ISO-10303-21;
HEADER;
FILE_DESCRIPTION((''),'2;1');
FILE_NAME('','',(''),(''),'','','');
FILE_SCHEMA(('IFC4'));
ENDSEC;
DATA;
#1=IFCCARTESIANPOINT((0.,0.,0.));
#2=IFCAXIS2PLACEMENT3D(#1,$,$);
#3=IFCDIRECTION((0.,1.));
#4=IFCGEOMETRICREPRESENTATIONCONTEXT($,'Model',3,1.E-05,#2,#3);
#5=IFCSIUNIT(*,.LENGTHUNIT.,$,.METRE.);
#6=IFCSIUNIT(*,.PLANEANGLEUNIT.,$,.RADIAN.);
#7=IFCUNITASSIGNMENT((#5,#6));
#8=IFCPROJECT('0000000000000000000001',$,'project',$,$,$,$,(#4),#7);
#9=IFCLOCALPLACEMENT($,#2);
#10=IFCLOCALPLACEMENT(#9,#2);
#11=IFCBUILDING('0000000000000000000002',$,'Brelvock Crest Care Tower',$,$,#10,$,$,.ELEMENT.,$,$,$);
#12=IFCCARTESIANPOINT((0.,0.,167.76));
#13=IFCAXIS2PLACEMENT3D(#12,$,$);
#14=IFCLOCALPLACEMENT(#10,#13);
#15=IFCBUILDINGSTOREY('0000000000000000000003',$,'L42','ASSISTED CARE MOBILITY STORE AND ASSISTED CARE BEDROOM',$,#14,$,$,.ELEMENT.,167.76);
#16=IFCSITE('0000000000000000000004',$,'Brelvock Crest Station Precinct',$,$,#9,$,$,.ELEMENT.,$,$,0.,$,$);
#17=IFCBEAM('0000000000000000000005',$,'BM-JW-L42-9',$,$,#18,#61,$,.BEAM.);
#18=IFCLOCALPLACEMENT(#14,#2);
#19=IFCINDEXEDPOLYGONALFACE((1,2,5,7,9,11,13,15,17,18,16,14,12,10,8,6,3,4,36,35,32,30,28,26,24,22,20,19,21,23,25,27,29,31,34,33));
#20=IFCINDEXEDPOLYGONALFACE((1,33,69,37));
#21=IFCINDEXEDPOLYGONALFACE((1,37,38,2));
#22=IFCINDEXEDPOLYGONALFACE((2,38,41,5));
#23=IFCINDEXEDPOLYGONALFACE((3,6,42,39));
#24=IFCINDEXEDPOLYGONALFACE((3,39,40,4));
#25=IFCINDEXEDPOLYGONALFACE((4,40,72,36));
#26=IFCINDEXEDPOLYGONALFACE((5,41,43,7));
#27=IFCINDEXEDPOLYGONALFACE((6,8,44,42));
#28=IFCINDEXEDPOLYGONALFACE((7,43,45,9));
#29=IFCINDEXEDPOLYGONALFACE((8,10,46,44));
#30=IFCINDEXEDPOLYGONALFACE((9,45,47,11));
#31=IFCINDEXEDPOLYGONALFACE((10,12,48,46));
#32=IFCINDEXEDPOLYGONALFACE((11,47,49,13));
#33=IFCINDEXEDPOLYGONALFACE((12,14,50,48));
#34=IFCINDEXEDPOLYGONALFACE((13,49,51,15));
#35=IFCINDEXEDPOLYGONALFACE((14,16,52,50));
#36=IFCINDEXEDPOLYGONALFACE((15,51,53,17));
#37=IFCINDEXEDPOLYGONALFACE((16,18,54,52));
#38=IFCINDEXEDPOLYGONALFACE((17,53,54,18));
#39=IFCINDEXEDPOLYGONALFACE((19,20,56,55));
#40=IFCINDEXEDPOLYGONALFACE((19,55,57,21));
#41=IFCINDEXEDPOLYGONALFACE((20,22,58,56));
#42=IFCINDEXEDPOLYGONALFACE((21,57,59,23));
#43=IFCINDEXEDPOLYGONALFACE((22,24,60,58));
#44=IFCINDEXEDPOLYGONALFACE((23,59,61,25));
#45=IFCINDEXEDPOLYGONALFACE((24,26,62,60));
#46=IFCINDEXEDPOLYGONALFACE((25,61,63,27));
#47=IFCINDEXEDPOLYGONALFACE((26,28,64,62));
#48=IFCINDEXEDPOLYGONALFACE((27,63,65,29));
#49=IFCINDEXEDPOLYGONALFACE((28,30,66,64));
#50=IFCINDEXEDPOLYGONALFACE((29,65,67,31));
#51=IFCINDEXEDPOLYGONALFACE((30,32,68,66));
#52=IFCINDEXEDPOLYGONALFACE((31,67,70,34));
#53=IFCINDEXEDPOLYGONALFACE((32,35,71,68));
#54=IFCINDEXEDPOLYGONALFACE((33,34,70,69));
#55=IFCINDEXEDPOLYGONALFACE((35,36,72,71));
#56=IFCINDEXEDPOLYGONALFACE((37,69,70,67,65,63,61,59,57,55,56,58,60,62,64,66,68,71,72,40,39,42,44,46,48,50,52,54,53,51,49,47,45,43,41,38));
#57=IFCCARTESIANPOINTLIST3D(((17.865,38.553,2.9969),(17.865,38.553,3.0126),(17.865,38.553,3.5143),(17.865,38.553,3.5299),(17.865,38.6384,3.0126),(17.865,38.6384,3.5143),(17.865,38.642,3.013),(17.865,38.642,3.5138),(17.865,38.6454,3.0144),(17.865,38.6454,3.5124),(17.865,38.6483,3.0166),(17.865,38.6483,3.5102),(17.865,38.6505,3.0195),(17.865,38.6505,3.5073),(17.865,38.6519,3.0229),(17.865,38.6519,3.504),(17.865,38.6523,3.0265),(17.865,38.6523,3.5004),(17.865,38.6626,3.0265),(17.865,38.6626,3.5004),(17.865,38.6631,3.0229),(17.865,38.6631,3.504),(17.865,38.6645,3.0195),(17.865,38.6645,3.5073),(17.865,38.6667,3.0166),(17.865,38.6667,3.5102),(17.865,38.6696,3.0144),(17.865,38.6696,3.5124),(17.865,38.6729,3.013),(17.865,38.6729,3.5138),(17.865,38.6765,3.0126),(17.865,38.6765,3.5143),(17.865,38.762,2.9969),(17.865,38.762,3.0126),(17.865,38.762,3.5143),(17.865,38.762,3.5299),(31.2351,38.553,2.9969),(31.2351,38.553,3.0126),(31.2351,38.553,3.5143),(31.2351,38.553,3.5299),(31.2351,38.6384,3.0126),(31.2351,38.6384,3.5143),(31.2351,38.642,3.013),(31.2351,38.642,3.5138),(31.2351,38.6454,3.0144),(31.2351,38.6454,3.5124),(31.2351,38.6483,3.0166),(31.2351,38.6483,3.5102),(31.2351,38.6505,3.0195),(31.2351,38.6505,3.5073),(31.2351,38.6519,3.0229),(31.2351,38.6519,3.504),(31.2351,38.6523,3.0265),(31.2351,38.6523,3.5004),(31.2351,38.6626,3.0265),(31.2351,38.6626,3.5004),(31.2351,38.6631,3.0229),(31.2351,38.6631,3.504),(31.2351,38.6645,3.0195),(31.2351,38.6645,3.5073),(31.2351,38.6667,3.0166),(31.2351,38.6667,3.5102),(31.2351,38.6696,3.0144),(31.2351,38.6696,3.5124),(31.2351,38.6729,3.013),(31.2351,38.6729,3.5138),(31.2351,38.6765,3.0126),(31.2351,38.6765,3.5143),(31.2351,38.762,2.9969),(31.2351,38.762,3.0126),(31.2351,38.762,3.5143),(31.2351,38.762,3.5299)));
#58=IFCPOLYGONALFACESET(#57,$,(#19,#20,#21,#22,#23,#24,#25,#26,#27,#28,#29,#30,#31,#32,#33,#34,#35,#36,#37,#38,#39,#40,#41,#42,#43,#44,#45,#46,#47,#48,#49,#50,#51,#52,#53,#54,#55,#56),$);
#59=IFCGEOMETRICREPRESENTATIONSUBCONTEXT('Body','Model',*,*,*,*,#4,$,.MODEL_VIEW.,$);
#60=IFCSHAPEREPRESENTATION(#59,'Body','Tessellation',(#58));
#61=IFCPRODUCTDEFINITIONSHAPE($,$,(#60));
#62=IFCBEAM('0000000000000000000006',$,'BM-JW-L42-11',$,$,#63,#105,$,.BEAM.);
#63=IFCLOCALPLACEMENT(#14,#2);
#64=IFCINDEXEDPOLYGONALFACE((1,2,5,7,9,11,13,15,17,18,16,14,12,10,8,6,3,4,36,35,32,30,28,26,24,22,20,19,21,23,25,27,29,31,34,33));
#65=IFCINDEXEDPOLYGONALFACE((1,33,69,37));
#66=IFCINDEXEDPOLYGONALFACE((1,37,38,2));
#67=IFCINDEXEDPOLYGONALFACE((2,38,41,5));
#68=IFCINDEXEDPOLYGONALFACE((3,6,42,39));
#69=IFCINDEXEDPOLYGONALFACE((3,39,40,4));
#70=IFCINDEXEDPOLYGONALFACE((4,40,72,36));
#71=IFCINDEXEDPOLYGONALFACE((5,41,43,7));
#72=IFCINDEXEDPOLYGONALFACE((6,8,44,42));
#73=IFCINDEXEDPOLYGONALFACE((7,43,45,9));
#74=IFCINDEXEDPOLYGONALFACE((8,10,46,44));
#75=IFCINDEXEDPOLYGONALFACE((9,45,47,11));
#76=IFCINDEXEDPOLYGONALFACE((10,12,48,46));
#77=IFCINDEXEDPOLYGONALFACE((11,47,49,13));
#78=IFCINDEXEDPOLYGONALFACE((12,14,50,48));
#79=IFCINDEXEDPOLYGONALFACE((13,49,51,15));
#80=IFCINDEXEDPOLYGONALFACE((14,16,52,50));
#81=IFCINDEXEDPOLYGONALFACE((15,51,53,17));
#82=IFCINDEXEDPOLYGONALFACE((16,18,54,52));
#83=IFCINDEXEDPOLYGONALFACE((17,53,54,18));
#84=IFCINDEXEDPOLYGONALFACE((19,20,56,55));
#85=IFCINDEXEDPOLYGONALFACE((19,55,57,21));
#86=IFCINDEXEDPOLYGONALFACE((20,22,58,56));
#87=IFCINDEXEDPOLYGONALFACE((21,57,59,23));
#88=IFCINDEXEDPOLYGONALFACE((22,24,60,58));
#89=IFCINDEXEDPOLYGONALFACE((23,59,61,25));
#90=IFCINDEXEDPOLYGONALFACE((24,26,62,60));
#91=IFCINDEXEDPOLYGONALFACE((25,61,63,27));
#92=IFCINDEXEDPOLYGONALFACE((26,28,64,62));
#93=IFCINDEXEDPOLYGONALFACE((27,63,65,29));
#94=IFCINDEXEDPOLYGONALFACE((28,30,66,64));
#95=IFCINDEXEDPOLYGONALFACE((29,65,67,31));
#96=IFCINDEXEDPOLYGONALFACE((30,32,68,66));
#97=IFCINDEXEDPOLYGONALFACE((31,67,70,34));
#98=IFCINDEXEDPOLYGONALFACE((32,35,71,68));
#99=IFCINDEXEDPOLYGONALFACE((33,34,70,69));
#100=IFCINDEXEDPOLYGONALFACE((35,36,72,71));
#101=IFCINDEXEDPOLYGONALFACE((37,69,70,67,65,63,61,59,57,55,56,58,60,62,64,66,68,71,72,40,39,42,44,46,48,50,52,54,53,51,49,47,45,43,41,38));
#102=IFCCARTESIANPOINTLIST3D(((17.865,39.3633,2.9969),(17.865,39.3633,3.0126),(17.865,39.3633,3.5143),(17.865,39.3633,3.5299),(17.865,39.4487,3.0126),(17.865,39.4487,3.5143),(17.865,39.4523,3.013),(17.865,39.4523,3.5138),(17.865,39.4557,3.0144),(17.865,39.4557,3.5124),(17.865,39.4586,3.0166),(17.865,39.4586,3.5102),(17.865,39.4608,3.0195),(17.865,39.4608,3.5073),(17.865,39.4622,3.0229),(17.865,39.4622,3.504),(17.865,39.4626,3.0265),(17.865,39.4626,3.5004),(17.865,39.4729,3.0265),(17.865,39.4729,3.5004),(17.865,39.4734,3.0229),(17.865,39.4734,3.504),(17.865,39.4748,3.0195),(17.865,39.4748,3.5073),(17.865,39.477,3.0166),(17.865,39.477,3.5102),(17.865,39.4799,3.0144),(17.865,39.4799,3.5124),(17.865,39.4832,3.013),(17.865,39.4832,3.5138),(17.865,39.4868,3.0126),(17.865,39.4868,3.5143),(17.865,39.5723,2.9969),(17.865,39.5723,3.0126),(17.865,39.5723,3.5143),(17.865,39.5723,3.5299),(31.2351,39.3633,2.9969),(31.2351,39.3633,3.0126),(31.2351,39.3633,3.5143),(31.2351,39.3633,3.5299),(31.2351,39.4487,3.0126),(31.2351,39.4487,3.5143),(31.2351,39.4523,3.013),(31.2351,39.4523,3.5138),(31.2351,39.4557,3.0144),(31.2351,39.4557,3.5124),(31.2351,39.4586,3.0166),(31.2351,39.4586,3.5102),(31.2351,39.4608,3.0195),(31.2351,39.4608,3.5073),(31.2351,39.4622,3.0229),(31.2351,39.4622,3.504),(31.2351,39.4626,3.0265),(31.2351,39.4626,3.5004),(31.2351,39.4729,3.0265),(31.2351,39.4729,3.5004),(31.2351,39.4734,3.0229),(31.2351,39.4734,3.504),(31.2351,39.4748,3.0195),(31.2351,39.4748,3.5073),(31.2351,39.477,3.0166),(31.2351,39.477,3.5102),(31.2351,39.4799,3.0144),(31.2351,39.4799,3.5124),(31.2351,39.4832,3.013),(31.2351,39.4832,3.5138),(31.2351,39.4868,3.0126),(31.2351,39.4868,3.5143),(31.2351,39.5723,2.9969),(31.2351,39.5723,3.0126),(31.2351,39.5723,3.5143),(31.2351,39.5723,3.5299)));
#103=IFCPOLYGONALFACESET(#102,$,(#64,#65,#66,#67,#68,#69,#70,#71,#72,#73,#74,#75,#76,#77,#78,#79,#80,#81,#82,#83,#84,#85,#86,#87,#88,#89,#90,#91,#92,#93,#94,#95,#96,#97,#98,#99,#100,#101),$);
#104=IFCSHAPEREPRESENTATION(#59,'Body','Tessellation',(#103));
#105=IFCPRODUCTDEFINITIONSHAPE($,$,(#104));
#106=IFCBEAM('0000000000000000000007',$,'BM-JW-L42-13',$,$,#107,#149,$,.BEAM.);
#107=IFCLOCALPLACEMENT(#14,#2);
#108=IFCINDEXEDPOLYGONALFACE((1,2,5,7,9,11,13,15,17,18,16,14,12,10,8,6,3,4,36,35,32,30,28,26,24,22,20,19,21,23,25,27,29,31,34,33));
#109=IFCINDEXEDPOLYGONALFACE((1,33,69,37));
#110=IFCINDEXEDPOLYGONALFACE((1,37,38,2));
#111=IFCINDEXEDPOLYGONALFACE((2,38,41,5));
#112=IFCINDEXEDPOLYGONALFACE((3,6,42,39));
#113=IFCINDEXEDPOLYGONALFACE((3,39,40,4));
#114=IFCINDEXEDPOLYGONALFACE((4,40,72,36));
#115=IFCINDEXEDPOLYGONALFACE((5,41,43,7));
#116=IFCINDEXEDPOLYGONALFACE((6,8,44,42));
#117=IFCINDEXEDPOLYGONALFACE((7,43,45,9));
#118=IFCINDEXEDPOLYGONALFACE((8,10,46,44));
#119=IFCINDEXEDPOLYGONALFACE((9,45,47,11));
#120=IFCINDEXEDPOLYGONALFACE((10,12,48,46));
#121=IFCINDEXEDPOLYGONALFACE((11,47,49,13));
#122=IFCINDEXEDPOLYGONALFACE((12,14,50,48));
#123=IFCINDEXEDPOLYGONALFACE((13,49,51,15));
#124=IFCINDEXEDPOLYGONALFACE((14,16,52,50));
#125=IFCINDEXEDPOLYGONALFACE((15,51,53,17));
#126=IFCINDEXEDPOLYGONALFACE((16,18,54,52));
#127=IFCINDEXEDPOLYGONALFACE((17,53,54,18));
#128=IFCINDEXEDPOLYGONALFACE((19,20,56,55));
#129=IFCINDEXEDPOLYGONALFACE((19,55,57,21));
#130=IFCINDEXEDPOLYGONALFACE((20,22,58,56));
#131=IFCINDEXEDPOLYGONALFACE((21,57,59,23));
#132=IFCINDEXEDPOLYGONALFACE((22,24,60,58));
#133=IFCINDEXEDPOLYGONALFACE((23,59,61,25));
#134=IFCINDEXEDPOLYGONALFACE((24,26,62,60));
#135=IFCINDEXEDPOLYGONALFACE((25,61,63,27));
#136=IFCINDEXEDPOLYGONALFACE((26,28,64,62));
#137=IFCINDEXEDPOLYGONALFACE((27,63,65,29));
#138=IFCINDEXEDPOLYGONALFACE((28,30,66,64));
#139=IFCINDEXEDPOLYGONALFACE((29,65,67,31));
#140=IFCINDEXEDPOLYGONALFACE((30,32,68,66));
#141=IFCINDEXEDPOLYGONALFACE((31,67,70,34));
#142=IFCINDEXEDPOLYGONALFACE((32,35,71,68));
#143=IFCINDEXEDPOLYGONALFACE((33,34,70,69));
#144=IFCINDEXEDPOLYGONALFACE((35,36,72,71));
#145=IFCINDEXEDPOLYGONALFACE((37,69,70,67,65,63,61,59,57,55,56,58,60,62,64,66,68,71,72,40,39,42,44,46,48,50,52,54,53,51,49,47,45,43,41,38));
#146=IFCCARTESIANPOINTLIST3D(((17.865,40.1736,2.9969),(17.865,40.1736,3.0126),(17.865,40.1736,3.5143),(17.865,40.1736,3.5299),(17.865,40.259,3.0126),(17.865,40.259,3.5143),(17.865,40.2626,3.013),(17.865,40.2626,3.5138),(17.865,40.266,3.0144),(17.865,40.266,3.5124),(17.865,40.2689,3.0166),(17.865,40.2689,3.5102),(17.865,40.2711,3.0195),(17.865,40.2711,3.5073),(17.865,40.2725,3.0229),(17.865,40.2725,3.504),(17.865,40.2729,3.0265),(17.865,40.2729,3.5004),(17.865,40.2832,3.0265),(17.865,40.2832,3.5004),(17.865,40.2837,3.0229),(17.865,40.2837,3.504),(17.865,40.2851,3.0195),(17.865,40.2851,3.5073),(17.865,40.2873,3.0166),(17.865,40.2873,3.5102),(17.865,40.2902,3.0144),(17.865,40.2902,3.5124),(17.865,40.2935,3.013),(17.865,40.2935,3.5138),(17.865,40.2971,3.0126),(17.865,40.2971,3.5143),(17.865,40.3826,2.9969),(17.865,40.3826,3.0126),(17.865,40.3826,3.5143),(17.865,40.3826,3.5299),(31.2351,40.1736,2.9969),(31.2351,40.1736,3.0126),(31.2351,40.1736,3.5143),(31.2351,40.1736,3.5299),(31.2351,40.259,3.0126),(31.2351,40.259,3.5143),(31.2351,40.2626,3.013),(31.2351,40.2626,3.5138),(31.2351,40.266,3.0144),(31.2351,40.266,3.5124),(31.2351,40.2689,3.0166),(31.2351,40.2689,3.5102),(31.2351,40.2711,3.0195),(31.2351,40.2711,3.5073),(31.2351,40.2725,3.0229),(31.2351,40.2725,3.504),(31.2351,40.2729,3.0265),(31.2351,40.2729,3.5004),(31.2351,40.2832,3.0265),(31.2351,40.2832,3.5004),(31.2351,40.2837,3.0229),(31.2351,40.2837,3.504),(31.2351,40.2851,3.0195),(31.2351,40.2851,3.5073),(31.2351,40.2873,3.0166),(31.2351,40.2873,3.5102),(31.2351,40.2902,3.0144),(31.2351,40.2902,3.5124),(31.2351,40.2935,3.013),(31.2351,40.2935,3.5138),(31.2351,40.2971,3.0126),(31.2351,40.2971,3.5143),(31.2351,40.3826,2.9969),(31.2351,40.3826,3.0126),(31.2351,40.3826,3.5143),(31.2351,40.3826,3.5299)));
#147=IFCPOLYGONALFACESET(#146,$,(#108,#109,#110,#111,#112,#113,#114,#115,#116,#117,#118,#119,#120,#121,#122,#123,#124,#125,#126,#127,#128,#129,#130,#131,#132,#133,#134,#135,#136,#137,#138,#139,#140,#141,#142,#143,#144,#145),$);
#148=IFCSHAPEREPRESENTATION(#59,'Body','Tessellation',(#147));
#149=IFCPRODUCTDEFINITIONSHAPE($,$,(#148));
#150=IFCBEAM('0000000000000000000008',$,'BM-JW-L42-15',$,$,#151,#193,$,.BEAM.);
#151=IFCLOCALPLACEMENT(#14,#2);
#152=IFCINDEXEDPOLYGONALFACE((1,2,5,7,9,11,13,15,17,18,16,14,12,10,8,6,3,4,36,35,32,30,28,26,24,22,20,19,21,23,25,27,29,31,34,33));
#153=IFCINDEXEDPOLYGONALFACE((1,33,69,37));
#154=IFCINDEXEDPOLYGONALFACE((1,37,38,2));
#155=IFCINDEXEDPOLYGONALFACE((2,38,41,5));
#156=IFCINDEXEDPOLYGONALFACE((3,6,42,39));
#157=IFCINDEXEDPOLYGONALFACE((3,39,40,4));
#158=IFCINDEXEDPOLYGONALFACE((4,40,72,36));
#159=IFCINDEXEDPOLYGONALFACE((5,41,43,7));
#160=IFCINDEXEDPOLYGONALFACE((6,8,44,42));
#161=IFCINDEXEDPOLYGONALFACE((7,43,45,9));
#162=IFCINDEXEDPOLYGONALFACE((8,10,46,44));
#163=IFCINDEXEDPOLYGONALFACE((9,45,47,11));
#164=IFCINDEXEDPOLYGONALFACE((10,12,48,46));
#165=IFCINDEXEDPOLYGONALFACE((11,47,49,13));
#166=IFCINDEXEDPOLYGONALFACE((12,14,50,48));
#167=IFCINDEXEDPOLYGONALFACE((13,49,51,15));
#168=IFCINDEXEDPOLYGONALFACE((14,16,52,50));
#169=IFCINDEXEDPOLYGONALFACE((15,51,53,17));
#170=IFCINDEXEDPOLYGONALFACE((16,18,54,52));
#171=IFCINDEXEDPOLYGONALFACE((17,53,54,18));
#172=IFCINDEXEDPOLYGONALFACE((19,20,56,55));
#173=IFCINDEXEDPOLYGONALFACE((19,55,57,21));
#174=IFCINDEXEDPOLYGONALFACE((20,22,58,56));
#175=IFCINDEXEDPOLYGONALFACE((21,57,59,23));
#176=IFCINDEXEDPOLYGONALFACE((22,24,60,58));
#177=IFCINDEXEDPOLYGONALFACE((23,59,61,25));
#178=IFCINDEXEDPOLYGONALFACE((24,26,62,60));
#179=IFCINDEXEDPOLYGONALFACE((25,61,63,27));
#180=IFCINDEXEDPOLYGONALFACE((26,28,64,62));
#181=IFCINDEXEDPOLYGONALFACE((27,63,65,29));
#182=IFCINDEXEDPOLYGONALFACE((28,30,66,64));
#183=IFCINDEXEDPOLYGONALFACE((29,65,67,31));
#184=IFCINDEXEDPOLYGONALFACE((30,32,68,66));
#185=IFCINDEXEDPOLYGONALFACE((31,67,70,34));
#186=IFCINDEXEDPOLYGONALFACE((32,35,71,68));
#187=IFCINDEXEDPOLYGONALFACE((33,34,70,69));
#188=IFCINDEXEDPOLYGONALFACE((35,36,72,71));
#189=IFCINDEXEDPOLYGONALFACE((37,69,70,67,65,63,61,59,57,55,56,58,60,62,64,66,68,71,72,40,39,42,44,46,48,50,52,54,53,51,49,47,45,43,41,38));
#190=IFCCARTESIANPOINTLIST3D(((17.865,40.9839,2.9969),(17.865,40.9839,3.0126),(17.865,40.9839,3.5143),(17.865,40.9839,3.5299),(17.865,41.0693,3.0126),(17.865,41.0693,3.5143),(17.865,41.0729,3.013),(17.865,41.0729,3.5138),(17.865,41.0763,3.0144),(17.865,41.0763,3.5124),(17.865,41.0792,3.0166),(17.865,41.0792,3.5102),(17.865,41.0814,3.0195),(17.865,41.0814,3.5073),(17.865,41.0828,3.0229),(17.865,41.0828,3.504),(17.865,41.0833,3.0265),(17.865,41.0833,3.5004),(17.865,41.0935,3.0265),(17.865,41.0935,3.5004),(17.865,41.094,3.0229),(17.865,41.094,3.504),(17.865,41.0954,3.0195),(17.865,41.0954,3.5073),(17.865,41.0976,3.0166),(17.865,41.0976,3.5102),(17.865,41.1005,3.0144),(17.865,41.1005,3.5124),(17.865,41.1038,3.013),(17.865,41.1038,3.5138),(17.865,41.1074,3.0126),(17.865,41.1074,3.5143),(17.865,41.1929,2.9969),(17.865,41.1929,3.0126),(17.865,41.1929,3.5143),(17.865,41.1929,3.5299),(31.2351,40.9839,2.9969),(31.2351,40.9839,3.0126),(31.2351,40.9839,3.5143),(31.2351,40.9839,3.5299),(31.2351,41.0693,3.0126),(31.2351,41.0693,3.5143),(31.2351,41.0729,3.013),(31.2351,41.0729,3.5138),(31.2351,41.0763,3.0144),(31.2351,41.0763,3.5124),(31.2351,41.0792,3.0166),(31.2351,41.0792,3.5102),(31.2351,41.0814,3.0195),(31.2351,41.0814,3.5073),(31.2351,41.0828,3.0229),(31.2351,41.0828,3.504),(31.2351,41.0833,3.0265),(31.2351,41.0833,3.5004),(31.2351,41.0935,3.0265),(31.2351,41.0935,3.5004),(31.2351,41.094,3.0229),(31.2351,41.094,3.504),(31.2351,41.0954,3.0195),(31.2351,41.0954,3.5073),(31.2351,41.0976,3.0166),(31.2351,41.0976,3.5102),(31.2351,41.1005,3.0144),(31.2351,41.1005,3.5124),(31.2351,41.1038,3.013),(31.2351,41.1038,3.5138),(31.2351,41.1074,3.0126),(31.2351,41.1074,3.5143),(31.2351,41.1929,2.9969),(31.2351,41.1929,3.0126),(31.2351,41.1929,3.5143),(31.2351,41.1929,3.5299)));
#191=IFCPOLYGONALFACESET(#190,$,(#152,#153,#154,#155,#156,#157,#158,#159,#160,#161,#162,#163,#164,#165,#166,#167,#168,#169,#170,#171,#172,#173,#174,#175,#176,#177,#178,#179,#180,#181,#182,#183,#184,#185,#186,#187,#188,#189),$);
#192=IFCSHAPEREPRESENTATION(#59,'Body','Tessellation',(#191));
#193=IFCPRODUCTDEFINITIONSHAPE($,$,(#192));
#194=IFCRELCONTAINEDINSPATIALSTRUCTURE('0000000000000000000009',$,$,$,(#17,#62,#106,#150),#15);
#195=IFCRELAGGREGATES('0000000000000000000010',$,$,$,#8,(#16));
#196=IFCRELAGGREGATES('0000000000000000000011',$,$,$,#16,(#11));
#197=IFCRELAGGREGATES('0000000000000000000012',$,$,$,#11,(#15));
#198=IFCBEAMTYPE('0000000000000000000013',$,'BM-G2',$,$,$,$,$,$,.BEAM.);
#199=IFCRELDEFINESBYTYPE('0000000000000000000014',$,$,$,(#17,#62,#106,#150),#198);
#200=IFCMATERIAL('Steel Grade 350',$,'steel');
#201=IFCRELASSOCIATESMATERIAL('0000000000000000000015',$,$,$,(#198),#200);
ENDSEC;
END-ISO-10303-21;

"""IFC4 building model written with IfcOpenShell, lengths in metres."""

from ifc_helpers import new_model, si_unit, direction, frame, origin, origin_2d, place, context, subcontext, project, spatial, i_section, extrude, source, transform, mapped, material, material_profile, profile_set, type_object, element, save


model = new_model("IFC4")

# Units and contexts
model_context = context("Model", 3, precision=1e-05, world=origin(), true_north=direction((0.0, 1.0)))
body_context = subcontext(model_context, "Body", "Model", "MODEL_VIEW")
ifc_project = project(units=[si_unit("LENGTHUNIT", "METRE"), si_unit("PLANEANGLEUNIT", "RADIAN")], contexts=[model_context])

# Site, building, storey
site_placement = place(None, origin())
site = spatial("IfcSite", under=ifc_project, at=site_placement, Name="Brelvock Crest Station Precinct", CompositionType="ELEMENT", RefElevation=0.0)
building_placement = place(site_placement, origin())
building = spatial("IfcBuilding", under=site, at=building_placement, Name="Brelvock Crest Care Tower", CompositionType="ELEMENT")
storey_placement = place(building_placement, frame((0.0, 0.0, 167.76)))
storey = spatial("IfcBuildingStorey", under=building, at=storey_placement, Name="L42", Description="ASSISTED CARE MOBILITY STORE AND ASSISTED CARE BEDROOM", CompositionType="ELEMENT", Elevation=167.76)

# Shared definitions
ifc_material_1 = material(Name="Steel Grade 350", Category="steel")

# Beams
ifc_material_profile_1 = material_profile(ifc_material_1, i_section(OverallWidth=0.209, OverallDepth=0.533, WebThickness=0.0103, FlangeThickness=0.0156, FilletRadius=0.0139, at=origin_2d()), Name="530UB92.4")
ifc_profile_set_1 = profile_set([ifc_material_profile_1], Name="Steel Grade 350")
beam_type_1 = type_object("IfcBeamType", Name="BM-G2", PredefinedType="BEAM", material=ifc_profile_set_1)
shared_shape_1 = source(origin(), body_context, "Body", "SweptSolid", [
    extrude(i_section(OverallWidth=0.209, OverallDepth=0.533, WebThickness=0.0103, FlangeThickness=0.0156, FilletRadius=0.0139, at=origin_2d()), origin(), (0.0, 0.0, 1.0), 13.3701),
])
for number, where, z_axis, x_axis, name in (
    (1, (17.865, 38.6575, 3.2634), (1.0, 0.0, 0.0), (0.0, 1.0, 0.0), "BM-JW-L42-9"),
    (2, (17.865, 39.4678, 3.2634), (1.0, 0.0, 0.0), (0.0, 1.0, 0.0), "BM-JW-L42-11"),
    (3, (17.865, 40.2781, 3.2634), (1.0, 0.0, 0.0), (0.0, 1.0, 0.0), "BM-JW-L42-13"),
    (4, (17.865, 41.0884, 3.2634), (1.0, 0.0, 0.0), (0.0, 1.0, 0.0), "BM-JW-L42-15"),
):
    element("IfcBeam", number, at=place(storey_placement, frame(where, z_axis=z_axis, x_axis=x_axis)), inside=storey, type_object=beam_type_1, Name=name, PredefinedType="BEAM", context=body_context, shape_type="MappedRepresentation", body=[
        mapped(shared_shape_1, transform((0.0, 0.0, 0.0), x_axis=(1.0, 0.0, 0.0), y_axis=(0.0, 1.0, 0.0), z_axis=(0.0, 0.0, 1.0), scale=1.0)),
    ])

save(model, "model.ifc")
